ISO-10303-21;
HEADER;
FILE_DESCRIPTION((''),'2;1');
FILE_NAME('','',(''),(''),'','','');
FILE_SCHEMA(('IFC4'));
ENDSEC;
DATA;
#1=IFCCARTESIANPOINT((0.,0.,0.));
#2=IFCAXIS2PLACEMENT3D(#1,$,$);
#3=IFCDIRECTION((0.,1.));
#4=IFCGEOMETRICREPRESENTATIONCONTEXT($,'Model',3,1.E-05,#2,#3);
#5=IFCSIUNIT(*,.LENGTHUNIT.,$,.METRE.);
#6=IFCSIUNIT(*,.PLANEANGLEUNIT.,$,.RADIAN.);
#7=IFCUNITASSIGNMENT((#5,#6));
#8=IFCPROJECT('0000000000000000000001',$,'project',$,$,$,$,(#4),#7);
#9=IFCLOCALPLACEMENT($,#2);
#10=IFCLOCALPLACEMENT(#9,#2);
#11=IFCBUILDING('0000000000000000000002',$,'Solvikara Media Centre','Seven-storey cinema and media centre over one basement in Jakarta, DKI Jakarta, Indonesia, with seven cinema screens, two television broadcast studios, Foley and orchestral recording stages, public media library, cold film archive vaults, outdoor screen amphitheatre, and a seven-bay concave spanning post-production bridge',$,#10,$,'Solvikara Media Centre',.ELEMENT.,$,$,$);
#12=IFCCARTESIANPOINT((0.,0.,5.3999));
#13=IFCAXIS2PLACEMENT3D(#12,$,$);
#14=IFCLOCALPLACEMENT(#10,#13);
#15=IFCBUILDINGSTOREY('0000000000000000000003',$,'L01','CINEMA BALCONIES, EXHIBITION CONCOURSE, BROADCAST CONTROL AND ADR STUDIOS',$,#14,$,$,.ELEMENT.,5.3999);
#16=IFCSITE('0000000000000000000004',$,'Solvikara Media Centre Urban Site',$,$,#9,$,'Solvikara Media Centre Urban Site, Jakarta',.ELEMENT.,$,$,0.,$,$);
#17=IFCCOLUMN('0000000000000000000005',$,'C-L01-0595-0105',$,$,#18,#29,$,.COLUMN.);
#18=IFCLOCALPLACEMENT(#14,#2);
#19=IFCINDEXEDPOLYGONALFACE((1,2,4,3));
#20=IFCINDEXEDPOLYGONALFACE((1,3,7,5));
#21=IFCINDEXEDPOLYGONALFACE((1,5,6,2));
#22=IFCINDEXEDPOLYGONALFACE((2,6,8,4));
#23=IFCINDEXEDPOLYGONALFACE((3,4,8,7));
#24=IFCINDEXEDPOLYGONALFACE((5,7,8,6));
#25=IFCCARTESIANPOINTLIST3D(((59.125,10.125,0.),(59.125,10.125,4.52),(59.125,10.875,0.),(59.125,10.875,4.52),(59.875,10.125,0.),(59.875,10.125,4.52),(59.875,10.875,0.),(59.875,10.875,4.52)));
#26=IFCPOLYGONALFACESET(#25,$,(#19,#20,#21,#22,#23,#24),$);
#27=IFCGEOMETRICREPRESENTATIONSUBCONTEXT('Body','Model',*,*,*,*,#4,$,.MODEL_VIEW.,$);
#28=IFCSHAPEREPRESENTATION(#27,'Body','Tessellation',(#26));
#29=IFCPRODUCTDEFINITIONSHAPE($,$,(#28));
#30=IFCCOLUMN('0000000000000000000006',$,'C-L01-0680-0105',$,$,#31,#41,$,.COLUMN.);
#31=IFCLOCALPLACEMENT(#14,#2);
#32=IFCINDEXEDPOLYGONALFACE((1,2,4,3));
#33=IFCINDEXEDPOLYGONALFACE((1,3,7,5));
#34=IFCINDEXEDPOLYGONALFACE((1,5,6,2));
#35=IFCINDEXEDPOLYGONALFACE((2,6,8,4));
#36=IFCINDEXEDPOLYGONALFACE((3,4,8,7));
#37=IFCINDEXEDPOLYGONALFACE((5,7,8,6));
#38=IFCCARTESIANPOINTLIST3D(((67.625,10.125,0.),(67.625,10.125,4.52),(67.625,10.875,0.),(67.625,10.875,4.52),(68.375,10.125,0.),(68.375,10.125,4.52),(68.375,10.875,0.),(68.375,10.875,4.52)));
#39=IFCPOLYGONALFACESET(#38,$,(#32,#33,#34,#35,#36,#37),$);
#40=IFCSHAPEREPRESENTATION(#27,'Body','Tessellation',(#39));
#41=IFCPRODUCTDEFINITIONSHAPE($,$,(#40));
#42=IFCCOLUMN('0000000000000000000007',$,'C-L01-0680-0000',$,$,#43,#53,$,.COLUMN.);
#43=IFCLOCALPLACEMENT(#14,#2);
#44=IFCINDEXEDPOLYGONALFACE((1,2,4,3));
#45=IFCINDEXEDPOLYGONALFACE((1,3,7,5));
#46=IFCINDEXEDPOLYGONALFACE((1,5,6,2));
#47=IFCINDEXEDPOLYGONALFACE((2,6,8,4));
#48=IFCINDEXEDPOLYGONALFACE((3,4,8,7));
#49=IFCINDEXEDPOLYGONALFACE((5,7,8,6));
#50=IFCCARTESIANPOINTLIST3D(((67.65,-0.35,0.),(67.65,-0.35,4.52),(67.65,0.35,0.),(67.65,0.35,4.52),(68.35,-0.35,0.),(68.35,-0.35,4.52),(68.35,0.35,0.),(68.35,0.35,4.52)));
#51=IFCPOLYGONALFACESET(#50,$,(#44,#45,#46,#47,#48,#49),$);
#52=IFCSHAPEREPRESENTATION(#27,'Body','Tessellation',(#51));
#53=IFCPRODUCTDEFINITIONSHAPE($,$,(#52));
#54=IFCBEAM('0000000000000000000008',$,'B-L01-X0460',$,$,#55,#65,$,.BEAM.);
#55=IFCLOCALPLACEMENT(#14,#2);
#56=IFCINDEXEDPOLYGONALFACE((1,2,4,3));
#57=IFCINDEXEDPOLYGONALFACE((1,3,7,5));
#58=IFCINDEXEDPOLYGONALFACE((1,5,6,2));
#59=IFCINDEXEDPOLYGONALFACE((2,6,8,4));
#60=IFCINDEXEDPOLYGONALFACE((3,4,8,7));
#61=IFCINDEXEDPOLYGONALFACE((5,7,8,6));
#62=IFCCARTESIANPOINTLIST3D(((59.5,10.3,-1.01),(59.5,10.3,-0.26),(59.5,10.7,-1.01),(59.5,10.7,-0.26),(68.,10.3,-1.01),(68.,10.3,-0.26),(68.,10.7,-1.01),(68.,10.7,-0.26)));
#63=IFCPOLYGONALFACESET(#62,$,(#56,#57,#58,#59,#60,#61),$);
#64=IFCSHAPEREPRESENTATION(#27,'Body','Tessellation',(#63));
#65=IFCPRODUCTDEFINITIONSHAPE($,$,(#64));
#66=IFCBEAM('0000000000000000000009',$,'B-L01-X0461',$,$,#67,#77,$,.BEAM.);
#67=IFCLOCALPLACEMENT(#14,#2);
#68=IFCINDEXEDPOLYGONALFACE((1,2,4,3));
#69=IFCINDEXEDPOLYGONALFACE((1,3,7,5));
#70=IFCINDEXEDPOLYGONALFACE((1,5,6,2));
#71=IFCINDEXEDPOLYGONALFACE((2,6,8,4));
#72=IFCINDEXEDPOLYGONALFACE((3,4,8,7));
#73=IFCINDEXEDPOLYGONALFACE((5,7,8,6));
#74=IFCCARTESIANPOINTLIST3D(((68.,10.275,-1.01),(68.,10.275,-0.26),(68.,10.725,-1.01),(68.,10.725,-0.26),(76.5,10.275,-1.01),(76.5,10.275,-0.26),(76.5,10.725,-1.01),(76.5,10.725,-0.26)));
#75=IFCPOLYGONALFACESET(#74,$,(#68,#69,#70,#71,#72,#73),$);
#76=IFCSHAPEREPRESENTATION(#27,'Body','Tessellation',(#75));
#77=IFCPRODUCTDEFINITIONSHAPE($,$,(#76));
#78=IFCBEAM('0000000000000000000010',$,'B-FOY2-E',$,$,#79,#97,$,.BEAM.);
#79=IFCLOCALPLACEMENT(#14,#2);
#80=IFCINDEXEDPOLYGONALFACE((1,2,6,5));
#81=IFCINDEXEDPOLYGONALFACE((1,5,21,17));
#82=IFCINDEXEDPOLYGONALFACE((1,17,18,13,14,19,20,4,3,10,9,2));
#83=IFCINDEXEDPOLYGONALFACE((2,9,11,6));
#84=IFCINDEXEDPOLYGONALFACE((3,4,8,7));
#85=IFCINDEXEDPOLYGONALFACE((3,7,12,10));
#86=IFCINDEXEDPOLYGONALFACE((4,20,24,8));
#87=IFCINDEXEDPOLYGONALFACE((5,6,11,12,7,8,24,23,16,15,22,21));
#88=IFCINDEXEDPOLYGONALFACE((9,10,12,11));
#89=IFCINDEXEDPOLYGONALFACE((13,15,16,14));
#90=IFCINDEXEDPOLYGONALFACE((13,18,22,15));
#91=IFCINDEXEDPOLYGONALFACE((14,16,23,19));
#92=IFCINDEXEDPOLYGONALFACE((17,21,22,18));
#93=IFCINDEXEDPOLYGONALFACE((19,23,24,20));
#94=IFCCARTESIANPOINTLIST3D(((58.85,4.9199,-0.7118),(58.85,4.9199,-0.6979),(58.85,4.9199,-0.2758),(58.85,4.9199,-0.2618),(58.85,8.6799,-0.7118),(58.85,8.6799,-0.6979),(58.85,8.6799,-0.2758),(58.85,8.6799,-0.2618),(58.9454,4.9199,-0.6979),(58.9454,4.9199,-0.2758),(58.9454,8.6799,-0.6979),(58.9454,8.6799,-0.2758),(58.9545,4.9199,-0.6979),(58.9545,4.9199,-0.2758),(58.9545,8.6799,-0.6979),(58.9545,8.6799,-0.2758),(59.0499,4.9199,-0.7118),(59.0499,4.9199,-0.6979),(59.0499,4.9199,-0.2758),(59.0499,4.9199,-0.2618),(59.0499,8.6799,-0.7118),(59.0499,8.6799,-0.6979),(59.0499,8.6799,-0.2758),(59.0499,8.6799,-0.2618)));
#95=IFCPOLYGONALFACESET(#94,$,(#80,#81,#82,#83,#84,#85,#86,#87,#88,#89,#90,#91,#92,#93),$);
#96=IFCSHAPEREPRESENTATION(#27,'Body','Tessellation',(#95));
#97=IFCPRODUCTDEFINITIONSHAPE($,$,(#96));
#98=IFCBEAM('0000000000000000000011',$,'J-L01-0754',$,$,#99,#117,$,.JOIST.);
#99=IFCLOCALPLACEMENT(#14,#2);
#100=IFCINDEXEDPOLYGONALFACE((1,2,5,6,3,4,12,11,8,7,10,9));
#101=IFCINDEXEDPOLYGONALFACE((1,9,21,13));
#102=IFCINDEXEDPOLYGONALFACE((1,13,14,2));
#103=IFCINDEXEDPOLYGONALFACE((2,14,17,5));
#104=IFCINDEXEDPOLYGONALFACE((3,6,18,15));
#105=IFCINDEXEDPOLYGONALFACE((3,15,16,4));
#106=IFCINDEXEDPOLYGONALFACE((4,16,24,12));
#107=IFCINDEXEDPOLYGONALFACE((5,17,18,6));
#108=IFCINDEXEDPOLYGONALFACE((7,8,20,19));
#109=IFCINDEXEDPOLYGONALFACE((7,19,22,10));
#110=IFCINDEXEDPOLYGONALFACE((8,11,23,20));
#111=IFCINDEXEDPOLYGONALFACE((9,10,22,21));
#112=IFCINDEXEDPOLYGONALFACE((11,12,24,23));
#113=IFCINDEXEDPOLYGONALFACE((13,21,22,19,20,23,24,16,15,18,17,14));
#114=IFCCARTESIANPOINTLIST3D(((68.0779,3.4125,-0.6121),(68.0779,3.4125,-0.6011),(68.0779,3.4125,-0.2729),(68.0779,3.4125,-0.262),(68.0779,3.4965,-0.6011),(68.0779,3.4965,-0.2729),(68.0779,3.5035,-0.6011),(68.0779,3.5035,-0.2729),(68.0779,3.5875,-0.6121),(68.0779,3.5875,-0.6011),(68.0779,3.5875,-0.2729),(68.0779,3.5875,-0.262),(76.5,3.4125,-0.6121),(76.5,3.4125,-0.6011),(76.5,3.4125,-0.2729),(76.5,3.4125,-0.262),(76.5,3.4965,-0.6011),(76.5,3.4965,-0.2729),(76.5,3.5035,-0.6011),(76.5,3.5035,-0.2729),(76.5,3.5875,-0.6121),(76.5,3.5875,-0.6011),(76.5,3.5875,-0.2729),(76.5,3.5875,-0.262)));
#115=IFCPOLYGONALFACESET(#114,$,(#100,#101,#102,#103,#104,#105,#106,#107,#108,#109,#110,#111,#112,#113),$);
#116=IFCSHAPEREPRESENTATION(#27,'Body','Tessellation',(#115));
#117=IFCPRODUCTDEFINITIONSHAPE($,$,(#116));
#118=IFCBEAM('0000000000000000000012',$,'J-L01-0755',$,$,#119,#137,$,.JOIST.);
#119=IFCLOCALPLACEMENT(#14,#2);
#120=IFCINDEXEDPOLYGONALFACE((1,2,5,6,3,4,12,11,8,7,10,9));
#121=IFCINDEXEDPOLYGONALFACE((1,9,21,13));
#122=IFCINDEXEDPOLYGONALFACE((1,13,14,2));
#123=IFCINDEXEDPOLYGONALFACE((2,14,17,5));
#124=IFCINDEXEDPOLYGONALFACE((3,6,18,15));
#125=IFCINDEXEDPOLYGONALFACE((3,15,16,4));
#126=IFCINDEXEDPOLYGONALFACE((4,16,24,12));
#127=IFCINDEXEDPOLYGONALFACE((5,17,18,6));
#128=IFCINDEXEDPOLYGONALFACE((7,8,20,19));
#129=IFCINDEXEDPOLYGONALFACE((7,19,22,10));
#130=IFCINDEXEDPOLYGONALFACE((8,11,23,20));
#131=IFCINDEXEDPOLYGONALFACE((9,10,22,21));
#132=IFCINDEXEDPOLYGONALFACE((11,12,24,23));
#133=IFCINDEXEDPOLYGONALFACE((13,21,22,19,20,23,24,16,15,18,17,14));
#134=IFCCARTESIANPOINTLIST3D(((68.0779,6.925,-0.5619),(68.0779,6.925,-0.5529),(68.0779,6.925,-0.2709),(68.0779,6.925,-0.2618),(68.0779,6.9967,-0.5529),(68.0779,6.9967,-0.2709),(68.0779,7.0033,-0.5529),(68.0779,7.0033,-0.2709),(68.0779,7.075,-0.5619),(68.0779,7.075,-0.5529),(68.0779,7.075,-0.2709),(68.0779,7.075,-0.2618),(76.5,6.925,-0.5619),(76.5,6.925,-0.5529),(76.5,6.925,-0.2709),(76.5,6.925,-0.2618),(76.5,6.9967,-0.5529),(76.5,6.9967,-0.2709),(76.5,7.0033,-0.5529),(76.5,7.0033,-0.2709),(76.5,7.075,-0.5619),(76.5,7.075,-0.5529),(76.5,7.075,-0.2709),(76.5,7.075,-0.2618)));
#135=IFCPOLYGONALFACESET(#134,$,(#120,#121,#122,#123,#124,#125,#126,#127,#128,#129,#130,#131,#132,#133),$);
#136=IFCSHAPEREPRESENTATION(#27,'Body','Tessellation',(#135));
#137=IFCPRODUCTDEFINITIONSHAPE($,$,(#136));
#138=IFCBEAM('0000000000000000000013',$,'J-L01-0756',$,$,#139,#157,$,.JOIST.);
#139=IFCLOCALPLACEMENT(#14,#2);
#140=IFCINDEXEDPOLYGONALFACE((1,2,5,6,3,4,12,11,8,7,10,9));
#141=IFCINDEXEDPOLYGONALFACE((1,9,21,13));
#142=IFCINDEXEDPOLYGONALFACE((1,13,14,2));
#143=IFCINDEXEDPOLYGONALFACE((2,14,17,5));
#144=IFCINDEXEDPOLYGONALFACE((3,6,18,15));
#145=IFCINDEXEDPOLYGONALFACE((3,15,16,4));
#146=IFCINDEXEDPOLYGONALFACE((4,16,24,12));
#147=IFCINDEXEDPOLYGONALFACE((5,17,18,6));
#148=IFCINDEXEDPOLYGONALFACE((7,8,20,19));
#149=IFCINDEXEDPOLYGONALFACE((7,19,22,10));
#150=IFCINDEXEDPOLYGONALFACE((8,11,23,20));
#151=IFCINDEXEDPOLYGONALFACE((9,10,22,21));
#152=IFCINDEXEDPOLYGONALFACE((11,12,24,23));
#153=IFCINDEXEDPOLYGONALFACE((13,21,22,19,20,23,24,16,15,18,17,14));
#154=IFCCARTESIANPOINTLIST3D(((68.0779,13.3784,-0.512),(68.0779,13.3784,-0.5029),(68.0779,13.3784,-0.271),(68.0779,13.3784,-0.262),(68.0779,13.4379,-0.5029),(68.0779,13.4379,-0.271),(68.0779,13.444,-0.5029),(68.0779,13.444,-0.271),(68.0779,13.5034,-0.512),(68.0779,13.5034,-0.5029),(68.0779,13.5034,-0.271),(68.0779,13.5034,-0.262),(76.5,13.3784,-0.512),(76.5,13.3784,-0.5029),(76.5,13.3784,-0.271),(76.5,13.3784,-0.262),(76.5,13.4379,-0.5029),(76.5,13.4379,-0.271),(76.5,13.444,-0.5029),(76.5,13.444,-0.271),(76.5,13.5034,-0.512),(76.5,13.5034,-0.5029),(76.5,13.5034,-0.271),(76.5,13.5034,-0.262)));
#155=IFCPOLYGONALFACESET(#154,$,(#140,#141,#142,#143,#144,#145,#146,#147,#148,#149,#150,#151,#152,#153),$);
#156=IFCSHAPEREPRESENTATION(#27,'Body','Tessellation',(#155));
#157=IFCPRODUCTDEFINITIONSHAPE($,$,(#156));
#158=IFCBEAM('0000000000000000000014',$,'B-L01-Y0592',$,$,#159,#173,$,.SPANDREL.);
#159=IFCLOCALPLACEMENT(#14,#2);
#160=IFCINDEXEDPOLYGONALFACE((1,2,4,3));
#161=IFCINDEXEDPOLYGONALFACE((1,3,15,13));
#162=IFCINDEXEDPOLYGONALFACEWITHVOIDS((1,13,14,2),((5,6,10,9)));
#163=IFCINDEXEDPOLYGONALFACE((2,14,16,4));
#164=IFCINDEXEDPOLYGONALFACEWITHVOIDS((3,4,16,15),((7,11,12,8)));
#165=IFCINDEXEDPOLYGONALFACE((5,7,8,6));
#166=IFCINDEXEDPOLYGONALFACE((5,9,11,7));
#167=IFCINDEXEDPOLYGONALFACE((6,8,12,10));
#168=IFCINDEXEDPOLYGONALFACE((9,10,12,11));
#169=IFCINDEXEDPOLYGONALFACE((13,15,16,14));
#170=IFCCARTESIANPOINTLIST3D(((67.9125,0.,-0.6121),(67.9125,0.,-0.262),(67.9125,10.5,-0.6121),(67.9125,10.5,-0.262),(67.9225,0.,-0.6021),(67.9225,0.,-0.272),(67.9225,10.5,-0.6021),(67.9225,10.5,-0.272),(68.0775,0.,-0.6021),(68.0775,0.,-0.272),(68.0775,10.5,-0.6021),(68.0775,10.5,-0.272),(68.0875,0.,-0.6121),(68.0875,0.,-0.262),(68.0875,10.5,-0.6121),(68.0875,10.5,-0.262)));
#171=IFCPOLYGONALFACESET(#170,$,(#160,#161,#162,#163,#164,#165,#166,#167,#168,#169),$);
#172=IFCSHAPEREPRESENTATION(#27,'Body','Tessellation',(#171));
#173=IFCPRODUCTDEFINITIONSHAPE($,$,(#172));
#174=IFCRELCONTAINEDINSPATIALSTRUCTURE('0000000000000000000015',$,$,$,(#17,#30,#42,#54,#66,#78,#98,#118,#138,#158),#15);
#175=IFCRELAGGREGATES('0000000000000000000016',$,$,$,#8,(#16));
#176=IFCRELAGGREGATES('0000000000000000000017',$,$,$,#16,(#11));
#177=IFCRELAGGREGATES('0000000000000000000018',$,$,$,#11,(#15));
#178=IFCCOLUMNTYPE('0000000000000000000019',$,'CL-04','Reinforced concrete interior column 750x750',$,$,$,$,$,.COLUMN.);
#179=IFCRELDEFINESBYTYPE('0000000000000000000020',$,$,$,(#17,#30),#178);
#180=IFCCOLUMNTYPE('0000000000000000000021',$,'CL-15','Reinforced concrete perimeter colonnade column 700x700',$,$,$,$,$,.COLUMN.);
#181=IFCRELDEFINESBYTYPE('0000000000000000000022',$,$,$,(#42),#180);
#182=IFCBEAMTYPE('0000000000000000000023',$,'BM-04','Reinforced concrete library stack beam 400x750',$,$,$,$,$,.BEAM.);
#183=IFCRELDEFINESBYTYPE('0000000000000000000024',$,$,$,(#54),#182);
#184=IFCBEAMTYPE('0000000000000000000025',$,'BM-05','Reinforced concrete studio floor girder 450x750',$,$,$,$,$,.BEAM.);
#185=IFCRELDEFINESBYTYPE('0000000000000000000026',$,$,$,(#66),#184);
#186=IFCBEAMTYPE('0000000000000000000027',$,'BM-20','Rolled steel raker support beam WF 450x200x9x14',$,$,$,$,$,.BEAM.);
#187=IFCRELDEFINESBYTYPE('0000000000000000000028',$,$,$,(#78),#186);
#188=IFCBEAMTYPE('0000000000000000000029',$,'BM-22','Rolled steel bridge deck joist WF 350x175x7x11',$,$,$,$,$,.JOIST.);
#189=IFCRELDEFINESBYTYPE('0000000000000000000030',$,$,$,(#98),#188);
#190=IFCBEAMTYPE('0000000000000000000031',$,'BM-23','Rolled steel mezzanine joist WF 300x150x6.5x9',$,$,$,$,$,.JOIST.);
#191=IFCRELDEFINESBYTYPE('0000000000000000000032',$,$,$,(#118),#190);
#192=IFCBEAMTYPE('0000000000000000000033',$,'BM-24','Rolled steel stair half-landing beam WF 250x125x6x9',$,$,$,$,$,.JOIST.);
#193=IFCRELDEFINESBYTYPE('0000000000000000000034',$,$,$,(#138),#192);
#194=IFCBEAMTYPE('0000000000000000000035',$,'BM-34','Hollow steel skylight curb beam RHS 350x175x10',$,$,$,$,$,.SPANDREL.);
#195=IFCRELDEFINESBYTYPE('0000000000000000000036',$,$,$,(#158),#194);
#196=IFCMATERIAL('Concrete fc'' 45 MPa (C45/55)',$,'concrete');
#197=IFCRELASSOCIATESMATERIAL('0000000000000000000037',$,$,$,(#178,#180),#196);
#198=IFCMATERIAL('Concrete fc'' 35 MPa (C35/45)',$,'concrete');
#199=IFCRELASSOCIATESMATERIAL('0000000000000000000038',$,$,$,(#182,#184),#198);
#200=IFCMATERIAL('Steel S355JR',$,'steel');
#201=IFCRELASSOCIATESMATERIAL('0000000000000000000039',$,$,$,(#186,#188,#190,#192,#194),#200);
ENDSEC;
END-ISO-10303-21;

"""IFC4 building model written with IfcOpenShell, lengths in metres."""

from ifc_helpers import new_model, si_unit, direction, frame, origin, origin_2d, place, context, subcontext, project, spatial, rectangle, hollow_rectangle, i_section, extrude, material, material_profile, profile_set, type_object, element, save


model = new_model("IFC4")

# Units and contexts
model_context = context("Model", 3, precision=1e-05, world=origin(), true_north=direction((0.0, 1.0)))
body_context = subcontext(model_context, "Body", "Model", "MODEL_VIEW")
ifc_project = project(units=[si_unit("LENGTHUNIT", "METRE"), si_unit("PLANEANGLEUNIT", "RADIAN")], contexts=[model_context])

# Site, building, storey
site_placement = place(None, origin())
site = spatial("IfcSite", under=ifc_project, at=site_placement, Name="Solvikara Media Centre Urban Site", LongName="Solvikara Media Centre Urban Site, Jakarta", CompositionType="ELEMENT", RefElevation=0.0)
building_placement = place(site_placement, origin())
building = spatial("IfcBuilding", under=site, at=building_placement, Name="Solvikara Media Centre", Description="Seven-storey cinema and media centre over one basement in Jakarta, DKI Jakarta, Indonesia, with seven cinema screens, two television broadcast studios, Foley and orchestral recording stages, public media library, cold film archive vaults, outdoor screen amphitheatre, and a seven-bay concave spanning post-production bridge", LongName="Solvikara Media Centre", CompositionType="ELEMENT")
storey_placement = place(building_placement, frame((0.0, 0.0, 5.3999)))
storey = spatial("IfcBuildingStorey", under=building, at=storey_placement, Name="L01", Description="CINEMA BALCONIES, EXHIBITION CONCOURSE, BROADCAST CONTROL AND ADR STUDIOS", CompositionType="ELEMENT", Elevation=5.3999)

# Columns
ifc_material_1 = material(Name="Concrete fc' 45 MPa (C45/55)", Category="concrete")
ifc_material_profile_1 = material_profile(ifc_material_1, rectangle(XDim=0.75, YDim=0.75, at=origin_2d()), Name="RC 750x750")
ifc_profile_set_1 = profile_set([ifc_material_profile_1], Name="Concrete fc' 45 MPa (C45/55)")
column_type_1 = type_object("IfcColumnType", Name="CL-04", Description="Reinforced concrete interior column 750x750", PredefinedType="COLUMN", material=ifc_profile_set_1)
for number, where, z_axis, x_axis, name in (
    (1, (59.5, 10.5, 0.0), (0.0, 0.0, 1.0), (1.0, 0.0, 0.0), "C-L01-0595-0105"),
    (2, (68.0, 10.5, 0.0), (0.0, 0.0, 1.0), (1.0, 0.0, 0.0), "C-L01-0680-0105"),
):
    element("IfcColumn", number, at=place(storey_placement, frame(where, z_axis=z_axis, x_axis=x_axis)), inside=storey, type_object=column_type_1, Name=name, PredefinedType="COLUMN", context=body_context, shape_type="SweptSolid", body=[
        extrude(rectangle(XDim=0.75, YDim=0.75, at=origin_2d()), origin(), (0.0, 0.0, 1.0), 4.52),
    ])
ifc_material_profile_2 = material_profile(ifc_material_1, rectangle(XDim=0.7, YDim=0.7, at=origin_2d()), Name="RC 700x700")
ifc_profile_set_2 = profile_set([ifc_material_profile_2], Name="Concrete fc' 45 MPa (C45/55)")
column_type_2 = type_object("IfcColumnType", Name="CL-15", Description="Reinforced concrete perimeter colonnade column 700x700", PredefinedType="COLUMN", material=ifc_profile_set_2)
column_placement = place(storey_placement, frame((68.0, 0.0, 0.0), z_axis=(0.0, 0.0, 1.0), x_axis=(1.0, 0.0, 0.0)))
element("IfcColumn", 3, at=column_placement, inside=storey, type_object=column_type_2, Name="C-L01-0680-0000", PredefinedType="COLUMN", context=body_context, shape_type="SweptSolid", body=[
    extrude(rectangle(XDim=0.7, YDim=0.7, at=origin_2d()), origin(), (0.0, 0.0, 1.0), 4.52),
])

# Beams
ifc_material_2 = material(Name="Concrete fc' 35 MPa (C35/45)", Category="concrete")
ifc_material_profile_3 = material_profile(ifc_material_2, rectangle(XDim=0.3999, YDim=0.75, at=origin_2d()), Name="RC 400x750")
ifc_profile_set_3 = profile_set([ifc_material_profile_3], Name="Concrete fc' 35 MPa (C35/45)")
beam_type_1 = type_object("IfcBeamType", Name="BM-04", Description="Reinforced concrete library stack beam 400x750", PredefinedType="BEAM", material=ifc_profile_set_3)
beam_1_placement = place(storey_placement, frame((59.5, 10.5, -0.635), z_axis=(1.0, 0.0, 0.0), x_axis=(0.0, 1.0, 0.0)))
element("IfcBeam", 4, at=beam_1_placement, inside=storey, type_object=beam_type_1, Name="B-L01-X0460", PredefinedType="BEAM", context=body_context, shape_type="SweptSolid", body=[
    extrude(rectangle(XDim=0.3999, YDim=0.75, at=origin_2d()), origin(), (0.0, 0.0, 1.0), 8.5),
])
ifc_material_profile_4 = material_profile(ifc_material_2, rectangle(XDim=0.45, YDim=0.75, at=origin_2d()), Name="RC 450x750")
ifc_profile_set_4 = profile_set([ifc_material_profile_4], Name="Concrete fc' 35 MPa (C35/45)")
beam_type_2 = type_object("IfcBeamType", Name="BM-05", Description="Reinforced concrete studio floor girder 450x750", PredefinedType="BEAM", material=ifc_profile_set_4)
beam_2_placement = place(storey_placement, frame((68.0, 10.5, -0.635), z_axis=(1.0, 0.0, 0.0), x_axis=(0.0, 1.0, 0.0)))
element("IfcBeam", 5, at=beam_2_placement, inside=storey, type_object=beam_type_2, Name="B-L01-X0461", PredefinedType="BEAM", context=body_context, shape_type="SweptSolid", body=[
    extrude(rectangle(XDim=0.45, YDim=0.75, at=origin_2d()), origin(), (0.0, 0.0, 1.0), 8.5),
])
ifc_material_3 = material(Name="Steel S355JR", Category="steel")
ifc_material_profile_5 = material_profile(ifc_material_3, i_section(OverallWidth=0.2, OverallDepth=0.45, WebThickness=0.009, FlangeThickness=0.0139, at=origin_2d()), Name="WF 450x200x9x14")
ifc_profile_set_5 = profile_set([ifc_material_profile_5], Name="Steel S355JR")
beam_type_3 = type_object("IfcBeamType", Name="BM-20", Description="Rolled steel raker support beam WF 450x200x9x14", PredefinedType="BEAM", material=ifc_profile_set_5)
beam_3_placement = place(storey_placement, frame((58.95, 4.9199, -0.4868), z_axis=(0.0, 1.0, 0.0), x_axis=(-1.0, 0.0, 0.0)))
element("IfcBeam", 6, at=beam_3_placement, inside=storey, type_object=beam_type_3, Name="B-FOY2-E", PredefinedType="BEAM", context=body_context, shape_type="SweptSolid", body=[
    extrude(i_section(OverallWidth=0.2, OverallDepth=0.45, WebThickness=0.009, FlangeThickness=0.0139, at=origin_2d()), origin(), (0.0, 0.0, 1.0), 3.76),
])
ifc_material_profile_6 = material_profile(ifc_material_3, i_section(OverallWidth=0.175, OverallDepth=0.3501, WebThickness=0.0071, FlangeThickness=0.011, at=origin_2d()), Name="WF 350x175x7x11")
ifc_profile_set_6 = profile_set([ifc_material_profile_6], Name="Steel S355JR")
beam_type_4 = type_object("IfcBeamType", Name="BM-22", Description="Rolled steel bridge deck joist WF 350x175x7x11", PredefinedType="JOIST", material=ifc_profile_set_6)
beam_4_placement = place(storey_placement, frame((68.0779, 3.5, -0.437), z_axis=(1.0, 0.0, 0.0), x_axis=(0.0, 1.0, 0.0)))
element("IfcBeam", 7, at=beam_4_placement, inside=storey, type_object=beam_type_4, Name="J-L01-0754", PredefinedType="JOIST", context=body_context, shape_type="SweptSolid", body=[
    extrude(i_section(OverallWidth=0.175, OverallDepth=0.3501, WebThickness=0.0071, FlangeThickness=0.011, at=origin_2d()), origin(), (0.0, 0.0, 1.0), 8.4221),
])
ifc_material_profile_7 = material_profile(ifc_material_3, i_section(OverallWidth=0.1499, OverallDepth=0.3, WebThickness=0.0066, FlangeThickness=0.009, at=origin_2d()), Name="WF 300x150x6.5x9")
ifc_profile_set_7 = profile_set([ifc_material_profile_7], Name="Steel S355JR")
beam_type_5 = type_object("IfcBeamType", Name="BM-23", Description="Rolled steel mezzanine joist WF 300x150x6.5x9", PredefinedType="JOIST", material=ifc_profile_set_7)
beam_5_placement = place(storey_placement, frame((68.0779, 7.0, -0.4119), z_axis=(1.0, 0.0, 0.0), x_axis=(0.0, 1.0, 0.0)))
element("IfcBeam", 8, at=beam_5_placement, inside=storey, type_object=beam_type_5, Name="J-L01-0755", PredefinedType="JOIST", context=body_context, shape_type="SweptSolid", body=[
    extrude(i_section(OverallWidth=0.1499, OverallDepth=0.3, WebThickness=0.0066, FlangeThickness=0.009, at=origin_2d()), origin(), (0.0, 0.0, 1.0), 8.4221),
])
ifc_material_profile_8 = material_profile(ifc_material_3, i_section(OverallWidth=0.125, OverallDepth=0.25, WebThickness=0.0061, FlangeThickness=0.009, at=origin_2d()), Name="WF 250x125x6x9")
ifc_profile_set_8 = profile_set([ifc_material_profile_8], Name="Steel S355JR")
beam_type_6 = type_object("IfcBeamType", Name="BM-24", Description="Rolled steel stair half-landing beam WF 250x125x6x9", PredefinedType="JOIST", material=ifc_profile_set_8)
beam_6_placement = place(storey_placement, frame((68.0779, 13.4409, -0.387), z_axis=(1.0, 0.0, 0.0), x_axis=(0.0, 1.0, 0.0)))
element("IfcBeam", 9, at=beam_6_placement, inside=storey, type_object=beam_type_6, Name="J-L01-0756", PredefinedType="JOIST", context=body_context, shape_type="SweptSolid", body=[
    extrude(i_section(OverallWidth=0.125, OverallDepth=0.25, WebThickness=0.0061, FlangeThickness=0.009, at=origin_2d()), origin(), (0.0, 0.0, 1.0), 8.4221),
])
ifc_material_profile_9 = material_profile(ifc_material_3, hollow_rectangle(XDim=0.175, YDim=0.3501, WallThickness=0.01, at=origin_2d()), Name="RHS 350x175x10")
ifc_profile_set_9 = profile_set([ifc_material_profile_9], Name="Steel S355JR")
beam_type_7 = type_object("IfcBeamType", Name="BM-34", Description="Hollow steel skylight curb beam RHS 350x175x10", PredefinedType="SPANDREL", material=ifc_profile_set_9)
beam_7_placement = place(storey_placement, frame((68.0, 0.0, -0.437), z_axis=(0.0, 1.0, 0.0), x_axis=(-1.0, 0.0, 0.0)))
element("IfcBeam", 10, at=beam_7_placement, inside=storey, type_object=beam_type_7, Name="B-L01-Y0592", PredefinedType="SPANDREL", context=body_context, shape_type="SweptSolid", body=[
    extrude(hollow_rectangle(XDim=0.175, YDim=0.3501, WallThickness=0.01, at=origin_2d()), origin(), (0.0, 0.0, 1.0), 10.5),
])

save(model, "model.ifc")
